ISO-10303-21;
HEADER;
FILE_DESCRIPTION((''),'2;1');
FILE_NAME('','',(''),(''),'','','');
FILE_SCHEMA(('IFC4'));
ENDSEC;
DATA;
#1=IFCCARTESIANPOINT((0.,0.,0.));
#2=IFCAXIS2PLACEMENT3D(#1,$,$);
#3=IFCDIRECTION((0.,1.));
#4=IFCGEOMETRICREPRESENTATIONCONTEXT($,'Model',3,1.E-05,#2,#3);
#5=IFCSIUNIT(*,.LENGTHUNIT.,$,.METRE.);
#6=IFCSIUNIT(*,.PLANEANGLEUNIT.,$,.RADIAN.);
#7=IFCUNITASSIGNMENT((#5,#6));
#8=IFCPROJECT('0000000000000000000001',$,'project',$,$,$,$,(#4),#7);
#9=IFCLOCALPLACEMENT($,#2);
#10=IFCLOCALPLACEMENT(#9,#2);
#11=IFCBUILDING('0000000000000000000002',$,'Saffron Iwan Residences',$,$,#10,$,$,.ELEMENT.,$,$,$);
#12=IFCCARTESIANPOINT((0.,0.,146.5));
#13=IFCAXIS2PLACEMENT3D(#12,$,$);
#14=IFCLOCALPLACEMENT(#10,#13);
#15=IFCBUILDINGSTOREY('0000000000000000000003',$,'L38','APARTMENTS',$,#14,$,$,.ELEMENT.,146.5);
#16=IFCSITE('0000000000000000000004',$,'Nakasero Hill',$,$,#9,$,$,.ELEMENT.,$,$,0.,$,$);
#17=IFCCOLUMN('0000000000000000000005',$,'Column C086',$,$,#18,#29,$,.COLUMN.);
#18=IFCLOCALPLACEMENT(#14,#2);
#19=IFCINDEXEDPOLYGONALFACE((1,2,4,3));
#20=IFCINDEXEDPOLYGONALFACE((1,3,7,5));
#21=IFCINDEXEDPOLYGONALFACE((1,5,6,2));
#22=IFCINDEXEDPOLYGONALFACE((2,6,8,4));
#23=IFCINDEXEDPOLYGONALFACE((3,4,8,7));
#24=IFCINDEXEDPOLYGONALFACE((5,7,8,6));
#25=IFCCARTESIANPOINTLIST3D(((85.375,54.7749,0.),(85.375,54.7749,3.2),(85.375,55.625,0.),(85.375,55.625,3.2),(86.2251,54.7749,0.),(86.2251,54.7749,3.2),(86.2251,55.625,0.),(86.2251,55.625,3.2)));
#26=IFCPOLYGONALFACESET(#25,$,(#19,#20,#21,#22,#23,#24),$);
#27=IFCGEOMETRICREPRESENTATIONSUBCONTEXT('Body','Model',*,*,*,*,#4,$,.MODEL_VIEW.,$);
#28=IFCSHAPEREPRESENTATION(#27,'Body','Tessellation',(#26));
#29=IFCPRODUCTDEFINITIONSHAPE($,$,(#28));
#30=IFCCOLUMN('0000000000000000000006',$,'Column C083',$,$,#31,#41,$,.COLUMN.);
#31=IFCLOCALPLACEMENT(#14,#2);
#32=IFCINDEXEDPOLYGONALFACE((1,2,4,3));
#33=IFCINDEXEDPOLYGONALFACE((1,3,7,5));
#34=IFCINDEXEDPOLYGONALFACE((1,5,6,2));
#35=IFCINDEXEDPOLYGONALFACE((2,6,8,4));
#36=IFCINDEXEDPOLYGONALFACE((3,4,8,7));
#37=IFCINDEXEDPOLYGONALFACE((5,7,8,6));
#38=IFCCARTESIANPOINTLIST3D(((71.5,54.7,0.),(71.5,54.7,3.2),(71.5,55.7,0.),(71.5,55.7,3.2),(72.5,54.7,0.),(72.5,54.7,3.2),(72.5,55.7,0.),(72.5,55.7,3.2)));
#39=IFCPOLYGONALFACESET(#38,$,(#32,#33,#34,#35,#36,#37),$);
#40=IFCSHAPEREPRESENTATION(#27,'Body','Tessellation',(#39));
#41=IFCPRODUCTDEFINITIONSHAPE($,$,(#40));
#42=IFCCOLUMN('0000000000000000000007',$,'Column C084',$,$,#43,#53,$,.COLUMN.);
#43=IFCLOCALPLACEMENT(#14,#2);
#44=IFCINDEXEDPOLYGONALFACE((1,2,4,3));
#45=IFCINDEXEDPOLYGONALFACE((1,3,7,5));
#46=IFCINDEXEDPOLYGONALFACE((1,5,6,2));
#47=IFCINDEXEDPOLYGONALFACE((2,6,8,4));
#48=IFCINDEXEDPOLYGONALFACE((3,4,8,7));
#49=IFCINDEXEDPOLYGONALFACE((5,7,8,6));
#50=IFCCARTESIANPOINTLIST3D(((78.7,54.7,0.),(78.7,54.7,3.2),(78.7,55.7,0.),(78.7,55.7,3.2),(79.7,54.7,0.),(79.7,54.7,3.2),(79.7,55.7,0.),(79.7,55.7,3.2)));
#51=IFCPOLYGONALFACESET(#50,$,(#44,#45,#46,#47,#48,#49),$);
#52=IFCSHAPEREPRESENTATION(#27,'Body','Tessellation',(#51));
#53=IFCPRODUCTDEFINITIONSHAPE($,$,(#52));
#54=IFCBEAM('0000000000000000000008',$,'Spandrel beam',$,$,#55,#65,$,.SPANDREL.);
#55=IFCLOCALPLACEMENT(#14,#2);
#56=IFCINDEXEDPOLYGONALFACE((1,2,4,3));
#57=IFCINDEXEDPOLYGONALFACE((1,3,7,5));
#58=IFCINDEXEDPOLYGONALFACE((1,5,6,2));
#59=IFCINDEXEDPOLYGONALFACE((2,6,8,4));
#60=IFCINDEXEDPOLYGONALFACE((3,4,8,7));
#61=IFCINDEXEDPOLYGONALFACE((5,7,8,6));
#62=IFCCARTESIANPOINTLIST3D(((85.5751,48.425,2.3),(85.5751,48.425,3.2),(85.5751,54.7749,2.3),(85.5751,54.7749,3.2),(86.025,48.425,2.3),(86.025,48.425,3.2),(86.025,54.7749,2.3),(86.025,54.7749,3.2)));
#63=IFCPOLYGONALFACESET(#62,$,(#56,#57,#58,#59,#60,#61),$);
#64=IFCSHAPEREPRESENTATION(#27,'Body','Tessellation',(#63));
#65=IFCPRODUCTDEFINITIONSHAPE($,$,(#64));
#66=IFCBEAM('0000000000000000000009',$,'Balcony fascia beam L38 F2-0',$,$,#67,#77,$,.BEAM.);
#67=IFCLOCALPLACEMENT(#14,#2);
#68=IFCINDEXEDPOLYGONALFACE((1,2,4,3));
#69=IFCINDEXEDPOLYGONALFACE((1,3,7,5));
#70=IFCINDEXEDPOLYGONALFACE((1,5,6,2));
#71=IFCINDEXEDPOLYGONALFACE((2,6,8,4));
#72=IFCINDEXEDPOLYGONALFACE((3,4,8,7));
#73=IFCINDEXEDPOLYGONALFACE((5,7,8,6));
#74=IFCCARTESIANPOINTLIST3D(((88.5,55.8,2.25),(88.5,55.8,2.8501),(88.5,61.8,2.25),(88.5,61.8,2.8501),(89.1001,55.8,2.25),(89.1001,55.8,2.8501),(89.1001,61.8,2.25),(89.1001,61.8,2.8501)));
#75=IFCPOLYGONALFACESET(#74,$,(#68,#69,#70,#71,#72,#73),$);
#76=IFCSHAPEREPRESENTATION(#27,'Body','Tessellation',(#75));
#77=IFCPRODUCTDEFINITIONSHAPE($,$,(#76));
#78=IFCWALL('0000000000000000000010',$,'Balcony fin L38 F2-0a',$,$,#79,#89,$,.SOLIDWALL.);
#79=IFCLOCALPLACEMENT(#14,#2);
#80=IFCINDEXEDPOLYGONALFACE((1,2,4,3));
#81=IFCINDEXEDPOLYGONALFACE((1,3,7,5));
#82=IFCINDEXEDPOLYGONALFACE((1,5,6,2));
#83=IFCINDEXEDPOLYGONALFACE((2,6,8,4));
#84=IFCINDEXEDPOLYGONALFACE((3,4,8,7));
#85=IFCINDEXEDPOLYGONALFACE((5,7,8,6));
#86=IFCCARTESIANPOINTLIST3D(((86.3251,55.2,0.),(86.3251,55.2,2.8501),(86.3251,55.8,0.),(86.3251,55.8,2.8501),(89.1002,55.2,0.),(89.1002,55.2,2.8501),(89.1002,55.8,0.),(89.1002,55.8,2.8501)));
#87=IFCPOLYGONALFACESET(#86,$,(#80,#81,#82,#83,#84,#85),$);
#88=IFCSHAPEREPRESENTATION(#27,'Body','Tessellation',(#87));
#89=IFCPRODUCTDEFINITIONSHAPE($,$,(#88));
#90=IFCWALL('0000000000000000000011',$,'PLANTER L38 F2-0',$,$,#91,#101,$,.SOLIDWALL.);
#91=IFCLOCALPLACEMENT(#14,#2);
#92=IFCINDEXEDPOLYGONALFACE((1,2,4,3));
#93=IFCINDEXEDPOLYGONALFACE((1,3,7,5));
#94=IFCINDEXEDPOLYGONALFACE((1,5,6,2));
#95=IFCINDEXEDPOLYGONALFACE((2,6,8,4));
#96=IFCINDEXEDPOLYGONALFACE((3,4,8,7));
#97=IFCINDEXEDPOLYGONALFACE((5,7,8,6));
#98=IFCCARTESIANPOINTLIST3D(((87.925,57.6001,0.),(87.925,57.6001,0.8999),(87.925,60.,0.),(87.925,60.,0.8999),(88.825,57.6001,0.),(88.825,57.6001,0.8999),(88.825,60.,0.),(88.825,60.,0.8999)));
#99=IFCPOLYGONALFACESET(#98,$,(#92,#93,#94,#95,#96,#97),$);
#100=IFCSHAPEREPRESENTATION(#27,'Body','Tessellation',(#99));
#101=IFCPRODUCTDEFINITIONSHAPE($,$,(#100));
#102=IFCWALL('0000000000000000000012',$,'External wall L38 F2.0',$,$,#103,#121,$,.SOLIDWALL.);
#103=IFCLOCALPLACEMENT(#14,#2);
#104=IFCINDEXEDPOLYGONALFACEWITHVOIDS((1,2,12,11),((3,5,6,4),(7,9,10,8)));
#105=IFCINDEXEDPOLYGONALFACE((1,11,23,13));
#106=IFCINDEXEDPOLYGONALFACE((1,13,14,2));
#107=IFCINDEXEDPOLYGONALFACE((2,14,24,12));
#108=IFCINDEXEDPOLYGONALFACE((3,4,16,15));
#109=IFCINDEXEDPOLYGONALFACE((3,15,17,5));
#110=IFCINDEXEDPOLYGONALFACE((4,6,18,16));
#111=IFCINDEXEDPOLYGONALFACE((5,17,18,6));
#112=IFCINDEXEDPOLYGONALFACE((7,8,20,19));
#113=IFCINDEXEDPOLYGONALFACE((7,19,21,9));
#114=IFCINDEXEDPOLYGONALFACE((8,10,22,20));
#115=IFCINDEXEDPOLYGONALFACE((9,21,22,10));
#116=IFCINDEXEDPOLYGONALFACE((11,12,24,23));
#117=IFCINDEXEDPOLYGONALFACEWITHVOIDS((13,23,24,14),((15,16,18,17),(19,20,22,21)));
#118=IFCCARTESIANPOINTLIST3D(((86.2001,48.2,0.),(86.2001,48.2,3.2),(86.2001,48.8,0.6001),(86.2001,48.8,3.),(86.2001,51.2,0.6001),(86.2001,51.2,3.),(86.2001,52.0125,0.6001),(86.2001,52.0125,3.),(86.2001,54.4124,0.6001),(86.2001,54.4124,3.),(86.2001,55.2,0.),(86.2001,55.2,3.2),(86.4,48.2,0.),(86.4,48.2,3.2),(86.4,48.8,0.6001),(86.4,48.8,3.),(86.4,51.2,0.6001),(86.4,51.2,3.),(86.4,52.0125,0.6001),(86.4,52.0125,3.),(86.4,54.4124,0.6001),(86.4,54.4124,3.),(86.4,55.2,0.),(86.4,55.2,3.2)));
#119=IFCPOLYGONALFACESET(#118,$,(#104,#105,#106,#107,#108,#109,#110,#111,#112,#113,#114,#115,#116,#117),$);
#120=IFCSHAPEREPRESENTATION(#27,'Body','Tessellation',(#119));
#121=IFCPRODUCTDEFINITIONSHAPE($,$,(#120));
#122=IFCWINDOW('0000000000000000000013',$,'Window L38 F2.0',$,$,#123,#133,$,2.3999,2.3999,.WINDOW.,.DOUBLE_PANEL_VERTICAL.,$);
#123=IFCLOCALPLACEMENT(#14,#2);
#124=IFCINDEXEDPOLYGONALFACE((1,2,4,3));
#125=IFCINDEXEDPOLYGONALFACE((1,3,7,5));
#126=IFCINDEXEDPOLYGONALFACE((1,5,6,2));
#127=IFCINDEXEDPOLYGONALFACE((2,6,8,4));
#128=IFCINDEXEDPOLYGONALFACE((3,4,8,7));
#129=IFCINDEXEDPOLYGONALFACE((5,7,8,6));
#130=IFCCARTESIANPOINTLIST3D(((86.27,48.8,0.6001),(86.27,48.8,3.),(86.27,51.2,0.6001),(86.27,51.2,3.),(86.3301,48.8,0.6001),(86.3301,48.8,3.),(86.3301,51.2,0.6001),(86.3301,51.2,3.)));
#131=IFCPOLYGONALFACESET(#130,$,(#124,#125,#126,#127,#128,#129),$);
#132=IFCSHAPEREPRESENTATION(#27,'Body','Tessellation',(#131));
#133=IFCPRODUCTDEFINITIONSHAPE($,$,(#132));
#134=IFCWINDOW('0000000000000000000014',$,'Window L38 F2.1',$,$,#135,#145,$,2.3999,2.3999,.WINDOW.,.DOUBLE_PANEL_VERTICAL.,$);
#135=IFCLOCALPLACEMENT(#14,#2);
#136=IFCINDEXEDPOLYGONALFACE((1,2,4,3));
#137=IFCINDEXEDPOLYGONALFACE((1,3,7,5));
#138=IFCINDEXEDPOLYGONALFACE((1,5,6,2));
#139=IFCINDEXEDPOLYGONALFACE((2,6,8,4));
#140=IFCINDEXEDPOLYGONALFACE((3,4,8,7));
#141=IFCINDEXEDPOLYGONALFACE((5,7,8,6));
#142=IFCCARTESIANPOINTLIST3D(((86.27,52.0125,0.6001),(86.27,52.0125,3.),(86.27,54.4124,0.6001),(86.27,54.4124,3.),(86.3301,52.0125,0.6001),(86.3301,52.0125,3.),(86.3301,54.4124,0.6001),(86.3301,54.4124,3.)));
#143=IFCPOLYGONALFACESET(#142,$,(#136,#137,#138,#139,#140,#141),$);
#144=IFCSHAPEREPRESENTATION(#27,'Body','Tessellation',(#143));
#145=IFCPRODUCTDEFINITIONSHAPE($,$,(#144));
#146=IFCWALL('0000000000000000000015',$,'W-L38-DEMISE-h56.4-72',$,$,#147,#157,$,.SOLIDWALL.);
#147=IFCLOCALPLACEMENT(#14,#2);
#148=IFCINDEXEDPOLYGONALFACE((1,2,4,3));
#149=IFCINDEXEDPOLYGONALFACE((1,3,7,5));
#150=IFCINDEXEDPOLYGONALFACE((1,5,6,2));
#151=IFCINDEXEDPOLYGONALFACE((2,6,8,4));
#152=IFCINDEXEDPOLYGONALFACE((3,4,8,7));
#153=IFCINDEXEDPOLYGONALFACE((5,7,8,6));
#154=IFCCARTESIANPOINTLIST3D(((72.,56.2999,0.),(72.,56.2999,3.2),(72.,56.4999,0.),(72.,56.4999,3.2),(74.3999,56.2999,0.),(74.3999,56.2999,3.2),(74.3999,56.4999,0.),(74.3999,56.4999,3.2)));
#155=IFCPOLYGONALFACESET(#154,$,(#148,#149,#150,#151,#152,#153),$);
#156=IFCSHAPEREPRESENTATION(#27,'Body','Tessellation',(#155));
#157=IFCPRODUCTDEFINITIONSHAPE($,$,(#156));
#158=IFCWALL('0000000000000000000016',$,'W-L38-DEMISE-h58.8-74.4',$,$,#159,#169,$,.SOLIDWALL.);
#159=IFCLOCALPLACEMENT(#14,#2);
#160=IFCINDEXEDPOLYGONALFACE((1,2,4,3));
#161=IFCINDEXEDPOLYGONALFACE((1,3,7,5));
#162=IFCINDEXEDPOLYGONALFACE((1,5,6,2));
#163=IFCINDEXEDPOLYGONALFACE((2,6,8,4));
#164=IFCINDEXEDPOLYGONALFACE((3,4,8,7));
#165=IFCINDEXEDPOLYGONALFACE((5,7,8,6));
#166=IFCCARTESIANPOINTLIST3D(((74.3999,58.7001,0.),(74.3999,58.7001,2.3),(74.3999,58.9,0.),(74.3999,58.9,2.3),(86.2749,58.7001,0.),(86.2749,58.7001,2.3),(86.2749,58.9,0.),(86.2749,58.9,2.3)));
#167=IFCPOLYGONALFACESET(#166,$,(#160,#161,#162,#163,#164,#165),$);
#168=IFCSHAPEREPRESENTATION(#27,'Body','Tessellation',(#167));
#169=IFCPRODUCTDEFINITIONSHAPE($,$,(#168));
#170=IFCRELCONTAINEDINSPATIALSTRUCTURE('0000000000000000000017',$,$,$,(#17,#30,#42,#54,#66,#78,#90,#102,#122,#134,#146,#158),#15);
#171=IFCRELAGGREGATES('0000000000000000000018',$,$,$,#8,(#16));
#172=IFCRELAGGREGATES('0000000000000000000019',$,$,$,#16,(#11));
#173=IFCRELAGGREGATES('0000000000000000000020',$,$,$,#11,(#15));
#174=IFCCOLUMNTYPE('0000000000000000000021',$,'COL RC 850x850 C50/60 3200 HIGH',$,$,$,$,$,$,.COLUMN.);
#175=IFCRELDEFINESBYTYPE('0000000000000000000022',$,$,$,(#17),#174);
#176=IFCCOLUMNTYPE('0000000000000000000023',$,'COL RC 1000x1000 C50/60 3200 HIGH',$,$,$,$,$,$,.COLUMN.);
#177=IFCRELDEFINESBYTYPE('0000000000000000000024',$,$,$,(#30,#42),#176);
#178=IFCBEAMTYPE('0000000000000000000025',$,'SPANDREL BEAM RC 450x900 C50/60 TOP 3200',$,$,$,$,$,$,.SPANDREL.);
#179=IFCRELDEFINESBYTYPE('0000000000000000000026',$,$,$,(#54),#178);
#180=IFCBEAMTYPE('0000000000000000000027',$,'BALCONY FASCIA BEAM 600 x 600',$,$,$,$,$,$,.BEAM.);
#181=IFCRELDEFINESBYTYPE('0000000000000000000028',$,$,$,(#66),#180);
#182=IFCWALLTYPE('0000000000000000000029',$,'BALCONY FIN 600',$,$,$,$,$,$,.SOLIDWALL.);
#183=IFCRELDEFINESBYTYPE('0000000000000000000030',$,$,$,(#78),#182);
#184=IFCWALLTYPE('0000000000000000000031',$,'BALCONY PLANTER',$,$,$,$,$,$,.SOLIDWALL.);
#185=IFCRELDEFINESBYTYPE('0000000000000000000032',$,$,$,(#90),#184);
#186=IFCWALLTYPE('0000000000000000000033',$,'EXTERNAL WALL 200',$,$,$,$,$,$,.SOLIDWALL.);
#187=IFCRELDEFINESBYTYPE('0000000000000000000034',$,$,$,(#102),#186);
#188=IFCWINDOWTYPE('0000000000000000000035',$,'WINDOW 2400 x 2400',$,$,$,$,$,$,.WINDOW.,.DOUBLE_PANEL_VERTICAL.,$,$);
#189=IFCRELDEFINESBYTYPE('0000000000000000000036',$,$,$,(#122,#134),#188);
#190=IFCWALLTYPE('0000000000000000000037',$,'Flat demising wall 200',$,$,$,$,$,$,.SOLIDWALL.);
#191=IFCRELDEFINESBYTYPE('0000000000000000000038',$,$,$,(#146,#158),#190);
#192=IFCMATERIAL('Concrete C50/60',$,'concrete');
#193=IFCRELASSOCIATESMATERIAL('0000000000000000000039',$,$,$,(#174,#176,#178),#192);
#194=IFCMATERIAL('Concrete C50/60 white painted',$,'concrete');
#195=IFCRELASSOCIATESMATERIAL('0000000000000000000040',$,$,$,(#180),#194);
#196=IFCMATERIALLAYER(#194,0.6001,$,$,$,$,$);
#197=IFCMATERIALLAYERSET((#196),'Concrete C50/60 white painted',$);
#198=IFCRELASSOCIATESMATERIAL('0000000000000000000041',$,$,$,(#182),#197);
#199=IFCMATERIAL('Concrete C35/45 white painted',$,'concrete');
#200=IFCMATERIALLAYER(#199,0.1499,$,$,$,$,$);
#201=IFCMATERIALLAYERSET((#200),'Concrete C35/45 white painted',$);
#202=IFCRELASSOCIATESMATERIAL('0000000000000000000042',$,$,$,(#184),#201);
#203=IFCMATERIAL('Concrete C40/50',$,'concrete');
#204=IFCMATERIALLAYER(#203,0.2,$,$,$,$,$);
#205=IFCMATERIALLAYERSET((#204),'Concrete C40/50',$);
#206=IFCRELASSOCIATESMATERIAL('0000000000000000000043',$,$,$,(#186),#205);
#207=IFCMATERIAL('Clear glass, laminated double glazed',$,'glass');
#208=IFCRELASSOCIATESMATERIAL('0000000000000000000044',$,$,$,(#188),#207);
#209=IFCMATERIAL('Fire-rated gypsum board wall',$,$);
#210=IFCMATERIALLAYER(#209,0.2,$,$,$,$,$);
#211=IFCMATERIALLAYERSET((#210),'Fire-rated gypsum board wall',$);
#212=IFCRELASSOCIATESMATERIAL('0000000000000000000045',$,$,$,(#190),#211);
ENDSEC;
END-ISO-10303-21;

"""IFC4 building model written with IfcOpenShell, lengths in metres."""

from ifc_helpers import new_model, si_unit, direction, frame, frame_2d, origin, origin_2d, place, context, subcontext, project, spatial, rectangle, extrude, source, transform, mapped, material, layer, layer_set, material_profile, profile_set, type_object, element, fill, save


model = new_model("IFC4")

# Units and contexts
model_context = context("Model", 3, precision=1e-05, world=origin(), true_north=direction((0.0, 1.0)))
body_context = subcontext(model_context, "Body", "Model", "MODEL_VIEW")
ifc_project = project(units=[si_unit("LENGTHUNIT", "METRE"), si_unit("PLANEANGLEUNIT", "RADIAN")], contexts=[model_context])

# Site, building, storey
site_placement = place(None, origin())
site = spatial("IfcSite", under=ifc_project, at=site_placement, Name="Nakasero Hill", CompositionType="ELEMENT", RefElevation=0.0)
building_placement = place(site_placement, origin())
building = spatial("IfcBuilding", under=site, at=building_placement, Name="Saffron Iwan Residences", CompositionType="ELEMENT")
storey_placement = place(building_placement, frame((0.0, 0.0, 146.5)))
storey = spatial("IfcBuildingStorey", under=building, at=storey_placement, Name="L38", Description="APARTMENTS", CompositionType="ELEMENT", Elevation=146.5)

# Columns
ifc_material_1 = material(Name="Concrete C50/60", Category="concrete")
ifc_material_profile_1 = material_profile(ifc_material_1, rectangle(XDim=0.8501, YDim=0.8501, at=origin_2d()), Name="RC 850x850")
ifc_profile_set_1 = profile_set([ifc_material_profile_1], Name="Concrete C50/60")
column_type_1 = type_object("IfcColumnType", Name="COL RC 850x850 C50/60 3200 HIGH", PredefinedType="COLUMN", material=ifc_profile_set_1)
shared_shape_1 = source(origin(), body_context, "Body", "SweptSolid", [
    extrude(rectangle(XDim=0.8501, YDim=0.8501, at=origin_2d()), origin(), (0.0, 0.0, 1.0), 3.2),
])
column_placement = place(storey_placement, frame((85.8, 55.2, 0.0), z_axis=(0.0, 0.0, 1.0), x_axis=(1.0, 0.0, 0.0)))
element("IfcColumn", 1, at=column_placement, inside=storey, type_object=column_type_1, Name="Column C086", PredefinedType="COLUMN", context=body_context, shape_type="MappedRepresentation", body=[
    mapped(shared_shape_1, transform((0.0, 0.0, 0.0))),
])
ifc_material_profile_2 = material_profile(ifc_material_1, rectangle(XDim=1.0, YDim=1.0, at=origin_2d()), Name="RC 1000x1000")
ifc_profile_set_2 = profile_set([ifc_material_profile_2], Name="Concrete C50/60")
column_type_2 = type_object("IfcColumnType", Name="COL RC 1000x1000 C50/60 3200 HIGH", PredefinedType="COLUMN", material=ifc_profile_set_2)
shared_shape_2 = source(origin(), body_context, "Body", "SweptSolid", [
    extrude(rectangle(XDim=1.0, YDim=1.0, at=origin_2d()), origin(), (0.0, 0.0, 1.0), 3.2),
])
for number, where, z_axis, x_axis, name in (
    (2, (72.0, 55.2, 0.0), (0.0, 0.0, 1.0), (1.0, 0.0, 0.0), "Column C083"),
    (3, (79.2, 55.2, 0.0), (0.0, 0.0, 1.0), (1.0, 0.0, 0.0), "Column C084"),
):
    element("IfcColumn", number, at=place(storey_placement, frame(where, z_axis=z_axis, x_axis=x_axis)), inside=storey, type_object=column_type_2, Name=name, PredefinedType="COLUMN", context=body_context, shape_type="MappedRepresentation", body=[
        mapped(shared_shape_2, transform((0.0, 0.0, 0.0))),
    ])

# Beams
ifc_material_profile_3 = material_profile(ifc_material_1, rectangle(XDim=0.45, YDim=0.8999, at=origin_2d()), Name="RC 450x900")
ifc_profile_set_3 = profile_set([ifc_material_profile_3], Name="Concrete C50/60")
beam_type_1 = type_object("IfcBeamType", Name="SPANDREL BEAM RC 450x900 C50/60 TOP 3200", PredefinedType="SPANDREL", material=ifc_profile_set_3)
shared_shape_3 = source(origin(), body_context, "Body", "SweptSolid", [
    extrude(rectangle(XDim=0.45, YDim=0.8999, at=origin_2d()), origin(), (0.0, 0.0, 1.0), 6.3499),
])
beam_1_placement = place(storey_placement, frame((85.8, 54.7749, 2.75), z_axis=(0.0, -1.0, 0.0), x_axis=(1.0, 0.0, 0.0)))
element("IfcBeam", 4, at=beam_1_placement, inside=storey, type_object=beam_type_1, Name="Spandrel beam", PredefinedType="SPANDREL", context=body_context, shape_type="MappedRepresentation", body=[
    mapped(shared_shape_3, transform((0.0, 0.0, 0.0))),
])
ifc_material_2 = material(Name="Concrete C50/60 white painted", Category="concrete")
ifc_material_profile_4 = material_profile(ifc_material_2, rectangle(XDim=0.6001, YDim=0.6001, at=origin_2d()), Name="BALCONY FASCIA BEAM 600 x 600")
ifc_profile_set_4 = profile_set([ifc_material_profile_4], Name="Concrete C50/60 white painted")
beam_type_2 = type_object("IfcBeamType", Name="BALCONY FASCIA BEAM 600 x 600", PredefinedType="BEAM", material=ifc_profile_set_4)
shared_shape_4 = source(origin(), body_context, "Body", "SweptSolid", [
    extrude(rectangle(XDim=0.6001, YDim=0.6001, at=origin_2d()), origin(), (0.0, 0.0, 1.0), 6.0),
])
beam_2_placement = place(storey_placement, frame((88.8, 55.8, 2.55), z_axis=(0.0, 1.0, 0.0), x_axis=(-1.0, 0.0, 0.0)))
element("IfcBeam", 5, at=beam_2_placement, inside=storey, type_object=beam_type_2, Name="Balcony fascia beam L38 F2-0", PredefinedType="BEAM", context=body_context, shape_type="MappedRepresentation", body=[
    mapped(shared_shape_4, transform((0.0, 0.0, 0.0))),
])

# Walls
ifc_layer_1 = layer(ifc_material_2, 0.6001)
ifc_layer_set_1 = layer_set([ifc_layer_1], Name="Concrete C50/60 white painted")
wall_type_1 = type_object("IfcWallType", Name="BALCONY FIN 600", PredefinedType="SOLIDWALL", material=ifc_layer_set_1)
wall_1_placement = place(storey_placement, frame((86.325, 55.5, 0.0), z_axis=(0.0, 0.0, 1.0), x_axis=(1.0, 0.0, 0.0)))
element("IfcWall", 6, at=wall_1_placement, inside=storey, type_object=wall_type_1, Name="Balcony fin L38 F2-0a", PredefinedType="SOLIDWALL", context=body_context, shape_type="SweptSolid", body=[
    extrude(rectangle(XDim=2.7751, YDim=0.6001, at=frame_2d((1.3877, 0.0))), origin(), (0.0, 0.0, 1.0), 2.8501),
])
ifc_material_3 = material(Name="Concrete C35/45 white painted", Category="concrete")
ifc_layer_2 = layer(ifc_material_3, 0.1499)
ifc_layer_set_2 = layer_set([ifc_layer_2], Name="Concrete C35/45 white painted")
wall_type_2 = type_object("IfcWallType", Name="BALCONY PLANTER", PredefinedType="SOLIDWALL", material=ifc_layer_set_2)
wall_2_placement = place(storey_placement, frame((88.375, 57.6001, 0.0), z_axis=(0.0, 0.0, 1.0), x_axis=(0.0, 1.0, 0.0)))
element("IfcWall", 7, at=wall_2_placement, inside=storey, type_object=wall_type_2, Name="PLANTER L38 F2-0", PredefinedType="SOLIDWALL", context=body_context, shape_type="SweptSolid", body=[
    extrude(rectangle(XDim=2.3999, YDim=0.8999, at=frame_2d((1.2, 0.0))), origin(), (0.0, 0.0, 1.0), 0.8999),
])

# Wall, openings, windows
ifc_material_4 = material(Name="Concrete C40/50", Category="concrete")
ifc_layer_3 = layer(ifc_material_4, 0.2)
ifc_layer_set_3 = layer_set([ifc_layer_3], Name="Concrete C40/50")
wall_type_3 = type_object("IfcWallType", Name="EXTERNAL WALL 200", PredefinedType="SOLIDWALL", material=ifc_layer_set_3)
wall_3_placement = place(storey_placement, frame((86.3, 48.2, 0.0), z_axis=(0.0, 0.0, 1.0), x_axis=(0.0, 1.0, 0.0)))
wall_3 = element("IfcWall", 8, at=wall_3_placement, inside=storey, type_object=wall_type_3, Name="External wall L38 F2.0", PredefinedType="SOLIDWALL", context=body_context, shape_type="SweptSolid", body=[
    extrude(rectangle(XDim=7.0, YDim=0.2, at=frame_2d((3.5, 0.0))), origin(), (0.0, 0.0, 1.0), 3.2),
])
opening_1_placement = place(wall_3_placement, frame((0.6001, 0.0, 0.6001)))
opening_1 = element("IfcOpeningElement", 9, at=opening_1_placement, cuts=wall_3, PredefinedType="OPENING", context=body_context, shape_type="SweptSolid", body=[
    extrude(rectangle(XDim=2.3999, YDim=2.3999, at=frame_2d((1.2, 1.2))), frame((0.0, 0.1099, 0.0), z_axis=(0.0, -1.0, 0.0), x_axis=(1.0, 0.0, 0.0)), (0.0, 0.0, 1.0), 0.22),
])
opening_2_placement = place(wall_3_placement, frame((3.8125, 0.0, 0.6001)))
opening_2 = element("IfcOpeningElement", 10, at=opening_2_placement, cuts=wall_3, PredefinedType="OPENING", context=body_context, shape_type="SweptSolid", body=[
    extrude(rectangle(XDim=2.3999, YDim=2.3999, at=frame_2d((1.2, 1.2))), frame((0.0, 0.1099, 0.0), z_axis=(0.0, -1.0, 0.0), x_axis=(1.0, 0.0, 0.0)), (0.0, 0.0, 1.0), 0.22),
])
ifc_material_5 = material(Name="Clear glass, laminated double glazed", Category="glass")
window_type_1 = type_object("IfcWindowType", Name="WINDOW 2400 x 2400", PartitioningType="DOUBLE_PANEL_VERTICAL", PredefinedType="WINDOW", material=ifc_material_5)
window_1_placement = place(opening_1_placement, origin())
window_1 = element("IfcWindow", 11, at=window_1_placement, inside=storey, type_object=window_type_1, Name="Window L38 F2.0", OverallHeight=2.3999, OverallWidth=2.3999, PartitioningType="DOUBLE_PANEL_VERTICAL", PredefinedType="WINDOW", context=body_context, shape_type="SweptSolid", body=[
    extrude(rectangle(XDim=2.3999, YDim=2.3999, at=frame_2d((1.2, 1.2))), frame((0.0, 0.03, 0.0), z_axis=(0.0, -1.0, 0.0), x_axis=(1.0, 0.0, 0.0)), (0.0, 0.0, 1.0), 0.0601),
])
fill(opening_1, window_1)
window_2_placement = place(opening_2_placement, origin())
window_2 = element("IfcWindow", 12, at=window_2_placement, inside=storey, type_object=window_type_1, Name="Window L38 F2.1", OverallHeight=2.3999, OverallWidth=2.3999, PartitioningType="DOUBLE_PANEL_VERTICAL", PredefinedType="WINDOW", context=body_context, shape_type="SweptSolid", body=[
    extrude(rectangle(XDim=2.3999, YDim=2.3999, at=frame_2d((1.2, 1.2))), frame((0.0, 0.03, 0.0), z_axis=(0.0, -1.0, 0.0), x_axis=(1.0, 0.0, 0.0)), (0.0, 0.0, 1.0), 0.0601),
])
fill(opening_2, window_2)

# Walls
ifc_material_6 = material(Name="Fire-rated gypsum board wall")
ifc_layer_4 = layer(ifc_material_6, 0.2)
ifc_layer_set_4 = layer_set([ifc_layer_4], Name="Fire-rated gypsum board wall")
wall_type_4 = type_object("IfcWallType", Name="Flat demising wall 200", PredefinedType="SOLIDWALL", material=ifc_layer_set_4)
wall_4_placement = place(storey_placement, frame((72.0, 56.3999, 0.0), z_axis=(0.0, 0.0, 1.0), x_axis=(1.0, 0.0, 0.0)))
element("IfcWall", 13, at=wall_4_placement, inside=storey, type_object=wall_type_4, Name="W-L38-DEMISE-h56.4-72", PredefinedType="SOLIDWALL", context=body_context, shape_type="SweptSolid", body=[
    extrude(rectangle(XDim=2.3999, YDim=0.2, at=frame_2d((1.2, 0.0))), origin(), (0.0, 0.0, 1.0), 3.2),
])
wall_5_placement = place(storey_placement, frame((74.3999, 58.8, 0.0), z_axis=(0.0, 0.0, 1.0), x_axis=(1.0, 0.0, 0.0)))
element("IfcWall", 14, at=wall_5_placement, inside=storey, type_object=wall_type_4, Name="W-L38-DEMISE-h58.8-74.4", PredefinedType="SOLIDWALL", context=body_context, shape_type="SweptSolid", body=[
    extrude(rectangle(XDim=11.875, YDim=0.2, at=frame_2d((5.9375, 0.0))), origin(), (0.0, 0.0, 1.0), 2.3),
])

save(model, "model.ifc")
